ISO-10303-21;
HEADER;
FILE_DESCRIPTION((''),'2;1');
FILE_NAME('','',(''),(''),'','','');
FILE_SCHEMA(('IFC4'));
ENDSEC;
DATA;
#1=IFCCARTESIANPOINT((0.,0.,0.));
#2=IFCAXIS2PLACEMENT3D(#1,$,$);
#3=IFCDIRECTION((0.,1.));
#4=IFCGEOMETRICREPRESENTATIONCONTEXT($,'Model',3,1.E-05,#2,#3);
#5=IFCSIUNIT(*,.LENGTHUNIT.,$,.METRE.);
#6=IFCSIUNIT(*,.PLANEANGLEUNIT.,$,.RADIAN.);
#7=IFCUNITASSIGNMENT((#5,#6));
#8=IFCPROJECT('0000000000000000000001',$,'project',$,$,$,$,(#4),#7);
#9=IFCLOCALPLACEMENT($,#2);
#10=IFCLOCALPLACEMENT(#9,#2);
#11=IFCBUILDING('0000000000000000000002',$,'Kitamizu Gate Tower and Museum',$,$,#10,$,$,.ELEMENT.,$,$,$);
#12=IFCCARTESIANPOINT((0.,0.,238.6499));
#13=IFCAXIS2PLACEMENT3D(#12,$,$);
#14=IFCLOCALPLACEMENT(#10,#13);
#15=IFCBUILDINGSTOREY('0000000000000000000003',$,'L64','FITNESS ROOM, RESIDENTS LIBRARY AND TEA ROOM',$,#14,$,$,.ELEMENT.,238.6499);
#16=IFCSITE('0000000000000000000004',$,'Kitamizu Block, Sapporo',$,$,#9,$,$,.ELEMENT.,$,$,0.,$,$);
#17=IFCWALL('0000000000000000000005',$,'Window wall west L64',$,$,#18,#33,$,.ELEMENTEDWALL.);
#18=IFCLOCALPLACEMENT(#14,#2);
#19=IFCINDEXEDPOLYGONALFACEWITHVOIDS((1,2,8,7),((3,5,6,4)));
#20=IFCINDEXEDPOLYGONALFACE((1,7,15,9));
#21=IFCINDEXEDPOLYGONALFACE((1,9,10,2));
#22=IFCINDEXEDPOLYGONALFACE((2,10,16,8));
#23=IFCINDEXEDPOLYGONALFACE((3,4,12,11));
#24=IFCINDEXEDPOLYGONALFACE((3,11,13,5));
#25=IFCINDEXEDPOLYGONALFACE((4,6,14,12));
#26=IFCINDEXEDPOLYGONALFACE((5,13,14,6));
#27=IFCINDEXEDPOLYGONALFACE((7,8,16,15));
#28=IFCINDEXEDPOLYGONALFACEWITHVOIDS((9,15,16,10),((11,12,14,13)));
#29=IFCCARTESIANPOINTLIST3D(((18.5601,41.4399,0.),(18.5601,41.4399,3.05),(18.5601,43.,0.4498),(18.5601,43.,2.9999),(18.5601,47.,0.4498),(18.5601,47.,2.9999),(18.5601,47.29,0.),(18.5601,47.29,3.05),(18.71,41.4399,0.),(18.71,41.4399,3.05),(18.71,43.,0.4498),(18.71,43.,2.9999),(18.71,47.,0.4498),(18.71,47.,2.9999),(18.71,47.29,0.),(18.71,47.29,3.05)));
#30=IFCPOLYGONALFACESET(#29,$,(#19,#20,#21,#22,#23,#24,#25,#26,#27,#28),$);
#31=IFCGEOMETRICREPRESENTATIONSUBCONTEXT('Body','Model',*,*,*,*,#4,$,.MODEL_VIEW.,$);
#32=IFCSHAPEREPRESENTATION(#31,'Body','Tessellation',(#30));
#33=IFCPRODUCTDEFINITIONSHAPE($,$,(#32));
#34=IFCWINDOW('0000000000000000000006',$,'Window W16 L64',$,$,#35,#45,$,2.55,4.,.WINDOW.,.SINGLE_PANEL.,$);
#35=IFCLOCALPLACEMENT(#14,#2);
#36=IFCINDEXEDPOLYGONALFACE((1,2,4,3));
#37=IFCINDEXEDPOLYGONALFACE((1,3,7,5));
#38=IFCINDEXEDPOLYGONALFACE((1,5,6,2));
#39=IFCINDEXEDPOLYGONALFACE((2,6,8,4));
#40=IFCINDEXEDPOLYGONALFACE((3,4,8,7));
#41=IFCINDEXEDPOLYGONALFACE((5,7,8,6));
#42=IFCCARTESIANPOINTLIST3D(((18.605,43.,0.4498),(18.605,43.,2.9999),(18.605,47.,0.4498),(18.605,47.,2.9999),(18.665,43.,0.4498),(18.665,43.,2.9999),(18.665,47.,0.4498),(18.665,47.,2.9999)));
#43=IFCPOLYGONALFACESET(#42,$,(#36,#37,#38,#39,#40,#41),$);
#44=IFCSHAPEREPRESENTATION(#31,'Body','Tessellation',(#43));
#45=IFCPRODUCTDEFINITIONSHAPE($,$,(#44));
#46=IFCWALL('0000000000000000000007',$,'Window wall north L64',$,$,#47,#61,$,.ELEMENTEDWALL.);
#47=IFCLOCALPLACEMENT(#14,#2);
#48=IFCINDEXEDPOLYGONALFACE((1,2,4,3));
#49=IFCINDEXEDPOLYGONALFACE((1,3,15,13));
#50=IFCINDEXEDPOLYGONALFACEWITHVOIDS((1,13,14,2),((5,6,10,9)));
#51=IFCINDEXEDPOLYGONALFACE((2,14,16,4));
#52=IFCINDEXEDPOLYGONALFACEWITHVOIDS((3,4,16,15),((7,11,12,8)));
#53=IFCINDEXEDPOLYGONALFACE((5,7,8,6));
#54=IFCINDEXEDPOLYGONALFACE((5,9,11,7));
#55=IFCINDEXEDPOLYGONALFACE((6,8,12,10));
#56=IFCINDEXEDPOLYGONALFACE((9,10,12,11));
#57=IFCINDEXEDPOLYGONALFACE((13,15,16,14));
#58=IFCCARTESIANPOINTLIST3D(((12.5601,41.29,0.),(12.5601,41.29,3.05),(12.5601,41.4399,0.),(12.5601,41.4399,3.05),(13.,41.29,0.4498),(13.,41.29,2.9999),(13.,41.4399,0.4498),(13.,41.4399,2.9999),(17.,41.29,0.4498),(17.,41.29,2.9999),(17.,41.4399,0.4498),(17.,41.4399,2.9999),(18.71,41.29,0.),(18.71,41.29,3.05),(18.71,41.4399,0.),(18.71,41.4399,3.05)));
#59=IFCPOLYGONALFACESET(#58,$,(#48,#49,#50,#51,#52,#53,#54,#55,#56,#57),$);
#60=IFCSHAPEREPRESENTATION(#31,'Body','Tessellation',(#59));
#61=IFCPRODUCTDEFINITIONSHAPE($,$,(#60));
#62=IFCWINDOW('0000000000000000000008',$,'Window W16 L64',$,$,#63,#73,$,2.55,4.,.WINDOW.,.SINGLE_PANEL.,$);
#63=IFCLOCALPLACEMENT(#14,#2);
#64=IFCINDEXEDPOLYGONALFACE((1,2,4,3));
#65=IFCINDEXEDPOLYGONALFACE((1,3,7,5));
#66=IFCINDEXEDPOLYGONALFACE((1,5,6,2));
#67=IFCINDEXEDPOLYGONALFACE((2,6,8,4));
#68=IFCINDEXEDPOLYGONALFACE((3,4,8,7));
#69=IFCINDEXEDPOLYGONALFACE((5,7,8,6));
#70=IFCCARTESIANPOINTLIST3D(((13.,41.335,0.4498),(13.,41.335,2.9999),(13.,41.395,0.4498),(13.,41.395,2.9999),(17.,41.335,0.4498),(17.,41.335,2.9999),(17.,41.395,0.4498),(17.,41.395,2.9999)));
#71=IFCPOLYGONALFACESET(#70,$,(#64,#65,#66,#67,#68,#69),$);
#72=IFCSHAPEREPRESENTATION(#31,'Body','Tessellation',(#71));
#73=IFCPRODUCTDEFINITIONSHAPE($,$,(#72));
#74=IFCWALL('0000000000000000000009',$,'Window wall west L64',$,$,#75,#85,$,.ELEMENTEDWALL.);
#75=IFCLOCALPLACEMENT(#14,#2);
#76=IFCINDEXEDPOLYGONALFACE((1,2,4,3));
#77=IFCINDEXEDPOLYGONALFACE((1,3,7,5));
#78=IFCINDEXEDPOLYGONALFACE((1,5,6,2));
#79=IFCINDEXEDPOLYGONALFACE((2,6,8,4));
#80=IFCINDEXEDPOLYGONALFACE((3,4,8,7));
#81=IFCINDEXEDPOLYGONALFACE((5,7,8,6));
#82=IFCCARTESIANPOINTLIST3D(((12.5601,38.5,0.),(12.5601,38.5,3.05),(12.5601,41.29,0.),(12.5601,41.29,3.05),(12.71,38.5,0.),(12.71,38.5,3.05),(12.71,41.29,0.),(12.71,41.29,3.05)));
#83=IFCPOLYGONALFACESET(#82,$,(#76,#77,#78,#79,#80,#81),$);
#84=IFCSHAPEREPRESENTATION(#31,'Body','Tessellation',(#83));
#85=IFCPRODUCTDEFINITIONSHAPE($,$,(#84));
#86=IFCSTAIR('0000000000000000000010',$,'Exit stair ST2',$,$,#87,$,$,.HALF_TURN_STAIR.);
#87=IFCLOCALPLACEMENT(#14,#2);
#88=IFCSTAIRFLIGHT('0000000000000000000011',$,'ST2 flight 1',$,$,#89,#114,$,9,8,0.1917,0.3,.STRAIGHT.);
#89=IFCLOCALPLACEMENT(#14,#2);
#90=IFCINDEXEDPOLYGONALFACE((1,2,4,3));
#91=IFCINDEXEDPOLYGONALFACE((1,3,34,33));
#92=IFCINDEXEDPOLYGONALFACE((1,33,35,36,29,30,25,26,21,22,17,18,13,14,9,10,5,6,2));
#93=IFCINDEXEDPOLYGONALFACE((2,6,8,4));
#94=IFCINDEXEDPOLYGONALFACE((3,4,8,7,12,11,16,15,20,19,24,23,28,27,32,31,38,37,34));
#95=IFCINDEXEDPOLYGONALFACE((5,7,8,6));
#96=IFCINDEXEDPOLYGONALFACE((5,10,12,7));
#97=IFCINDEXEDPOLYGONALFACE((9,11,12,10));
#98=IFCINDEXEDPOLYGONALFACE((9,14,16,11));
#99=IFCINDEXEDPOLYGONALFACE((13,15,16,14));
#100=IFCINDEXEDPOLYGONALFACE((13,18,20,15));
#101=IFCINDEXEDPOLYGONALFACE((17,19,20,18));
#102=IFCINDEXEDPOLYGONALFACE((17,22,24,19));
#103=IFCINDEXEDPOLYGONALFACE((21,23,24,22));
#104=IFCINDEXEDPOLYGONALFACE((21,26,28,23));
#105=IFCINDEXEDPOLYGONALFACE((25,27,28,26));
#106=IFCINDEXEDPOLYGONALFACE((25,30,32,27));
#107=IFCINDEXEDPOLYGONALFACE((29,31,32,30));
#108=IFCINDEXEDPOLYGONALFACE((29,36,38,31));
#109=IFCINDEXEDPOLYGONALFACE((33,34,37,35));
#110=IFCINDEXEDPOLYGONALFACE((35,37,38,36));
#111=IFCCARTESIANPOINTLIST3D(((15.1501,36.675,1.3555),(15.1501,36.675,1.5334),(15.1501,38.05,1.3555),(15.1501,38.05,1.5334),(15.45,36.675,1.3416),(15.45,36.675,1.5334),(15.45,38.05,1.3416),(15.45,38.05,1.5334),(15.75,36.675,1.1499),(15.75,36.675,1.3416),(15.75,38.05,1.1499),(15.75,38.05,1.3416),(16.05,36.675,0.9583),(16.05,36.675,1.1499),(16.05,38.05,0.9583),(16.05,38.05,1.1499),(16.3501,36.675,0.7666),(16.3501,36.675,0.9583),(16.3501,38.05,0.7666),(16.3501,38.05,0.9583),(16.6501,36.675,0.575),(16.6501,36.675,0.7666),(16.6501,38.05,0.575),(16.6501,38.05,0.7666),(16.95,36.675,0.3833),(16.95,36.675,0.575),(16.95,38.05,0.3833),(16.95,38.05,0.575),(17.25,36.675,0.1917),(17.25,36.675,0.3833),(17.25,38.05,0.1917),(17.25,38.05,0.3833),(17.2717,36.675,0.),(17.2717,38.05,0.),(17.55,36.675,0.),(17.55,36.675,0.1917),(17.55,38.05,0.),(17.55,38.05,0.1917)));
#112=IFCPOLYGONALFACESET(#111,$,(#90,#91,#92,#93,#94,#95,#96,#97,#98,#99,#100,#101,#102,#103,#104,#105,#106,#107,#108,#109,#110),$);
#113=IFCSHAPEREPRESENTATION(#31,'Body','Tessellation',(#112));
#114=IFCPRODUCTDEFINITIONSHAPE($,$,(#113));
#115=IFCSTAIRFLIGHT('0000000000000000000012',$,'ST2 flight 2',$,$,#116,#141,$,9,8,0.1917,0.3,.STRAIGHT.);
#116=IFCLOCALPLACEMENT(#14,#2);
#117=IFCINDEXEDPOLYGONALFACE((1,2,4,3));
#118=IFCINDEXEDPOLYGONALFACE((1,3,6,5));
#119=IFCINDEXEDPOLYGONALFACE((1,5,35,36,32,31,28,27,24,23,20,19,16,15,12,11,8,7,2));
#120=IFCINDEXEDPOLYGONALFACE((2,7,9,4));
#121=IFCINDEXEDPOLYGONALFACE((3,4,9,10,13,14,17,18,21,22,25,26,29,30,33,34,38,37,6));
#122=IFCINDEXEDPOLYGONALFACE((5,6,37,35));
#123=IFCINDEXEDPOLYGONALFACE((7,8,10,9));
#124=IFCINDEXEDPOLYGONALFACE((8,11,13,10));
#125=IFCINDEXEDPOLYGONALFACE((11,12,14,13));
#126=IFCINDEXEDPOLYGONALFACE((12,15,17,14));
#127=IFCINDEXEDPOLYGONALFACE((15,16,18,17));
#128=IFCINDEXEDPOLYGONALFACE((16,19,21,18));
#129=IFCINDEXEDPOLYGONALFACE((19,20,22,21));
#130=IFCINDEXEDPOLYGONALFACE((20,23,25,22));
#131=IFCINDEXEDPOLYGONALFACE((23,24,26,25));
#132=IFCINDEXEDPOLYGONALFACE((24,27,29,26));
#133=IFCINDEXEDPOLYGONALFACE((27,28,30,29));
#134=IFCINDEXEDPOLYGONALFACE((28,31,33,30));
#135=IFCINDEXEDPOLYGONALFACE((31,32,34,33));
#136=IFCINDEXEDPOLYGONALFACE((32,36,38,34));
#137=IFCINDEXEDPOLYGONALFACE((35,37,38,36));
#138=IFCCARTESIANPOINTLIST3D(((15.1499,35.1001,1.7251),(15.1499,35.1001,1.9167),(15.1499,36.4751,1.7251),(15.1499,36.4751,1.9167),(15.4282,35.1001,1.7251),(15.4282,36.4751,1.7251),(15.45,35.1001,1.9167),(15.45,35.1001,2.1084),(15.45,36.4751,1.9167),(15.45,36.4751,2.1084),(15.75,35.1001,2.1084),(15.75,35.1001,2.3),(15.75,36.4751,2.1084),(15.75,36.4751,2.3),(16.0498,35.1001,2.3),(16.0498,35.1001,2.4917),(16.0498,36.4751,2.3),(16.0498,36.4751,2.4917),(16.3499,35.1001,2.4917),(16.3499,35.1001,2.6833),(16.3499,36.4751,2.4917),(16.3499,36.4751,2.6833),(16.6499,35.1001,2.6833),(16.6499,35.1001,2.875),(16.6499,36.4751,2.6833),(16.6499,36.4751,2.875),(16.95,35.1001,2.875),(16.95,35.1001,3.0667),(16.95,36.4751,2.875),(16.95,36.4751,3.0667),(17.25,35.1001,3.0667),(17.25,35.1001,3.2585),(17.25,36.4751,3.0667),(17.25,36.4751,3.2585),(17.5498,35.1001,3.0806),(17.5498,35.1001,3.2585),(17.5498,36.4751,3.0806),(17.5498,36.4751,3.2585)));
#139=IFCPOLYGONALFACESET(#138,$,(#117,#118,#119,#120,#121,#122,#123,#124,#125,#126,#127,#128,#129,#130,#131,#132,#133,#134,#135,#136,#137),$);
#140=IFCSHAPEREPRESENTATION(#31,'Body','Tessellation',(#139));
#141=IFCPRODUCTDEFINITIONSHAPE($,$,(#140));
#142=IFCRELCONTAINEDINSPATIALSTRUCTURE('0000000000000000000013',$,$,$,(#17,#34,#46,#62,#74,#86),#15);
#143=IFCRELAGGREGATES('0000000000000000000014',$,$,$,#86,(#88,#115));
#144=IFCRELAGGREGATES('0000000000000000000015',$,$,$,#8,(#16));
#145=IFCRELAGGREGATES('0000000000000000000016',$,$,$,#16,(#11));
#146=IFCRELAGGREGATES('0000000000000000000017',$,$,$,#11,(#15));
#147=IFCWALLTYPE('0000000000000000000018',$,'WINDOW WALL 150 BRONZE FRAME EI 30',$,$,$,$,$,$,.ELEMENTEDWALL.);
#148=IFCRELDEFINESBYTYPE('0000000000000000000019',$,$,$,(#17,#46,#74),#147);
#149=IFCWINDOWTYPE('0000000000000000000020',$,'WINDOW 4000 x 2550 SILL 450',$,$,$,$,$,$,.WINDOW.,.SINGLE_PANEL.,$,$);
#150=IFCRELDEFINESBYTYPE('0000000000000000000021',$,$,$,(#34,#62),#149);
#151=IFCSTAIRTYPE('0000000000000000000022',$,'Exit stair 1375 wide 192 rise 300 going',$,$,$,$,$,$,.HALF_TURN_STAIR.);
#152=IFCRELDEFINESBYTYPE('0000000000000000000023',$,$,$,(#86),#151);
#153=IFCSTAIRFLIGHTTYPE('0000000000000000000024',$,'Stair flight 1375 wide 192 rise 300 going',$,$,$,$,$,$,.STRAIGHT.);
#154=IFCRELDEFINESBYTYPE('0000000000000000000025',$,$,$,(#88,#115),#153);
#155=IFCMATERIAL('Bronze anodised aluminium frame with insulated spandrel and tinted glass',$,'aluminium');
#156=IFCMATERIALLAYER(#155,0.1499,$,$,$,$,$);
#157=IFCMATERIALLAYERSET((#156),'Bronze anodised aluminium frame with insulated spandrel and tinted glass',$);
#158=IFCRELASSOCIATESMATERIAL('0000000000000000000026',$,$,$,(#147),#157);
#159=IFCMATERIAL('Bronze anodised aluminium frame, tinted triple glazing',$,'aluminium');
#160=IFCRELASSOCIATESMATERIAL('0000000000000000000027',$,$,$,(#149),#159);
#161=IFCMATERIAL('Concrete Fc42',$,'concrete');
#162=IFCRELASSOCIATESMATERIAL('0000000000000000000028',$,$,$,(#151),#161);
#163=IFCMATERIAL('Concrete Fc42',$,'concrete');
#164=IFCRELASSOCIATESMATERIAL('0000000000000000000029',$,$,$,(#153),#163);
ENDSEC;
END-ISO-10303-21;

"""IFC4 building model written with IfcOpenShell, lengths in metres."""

from ifc_helpers import new_model, si_unit, direction, frame, frame_2d, origin, place, context, subcontext, project, spatial, polyline, rectangle, outline, extrude, material, layer, layer_set, type_object, element, fill, aggregate, save


model = new_model("IFC4")

# Units and contexts
model_context = context("Model", 3, precision=1e-05, world=origin(), true_north=direction((0.0, 1.0)))
body_context = subcontext(model_context, "Body", "Model", "MODEL_VIEW")
ifc_project = project(units=[si_unit("LENGTHUNIT", "METRE"), si_unit("PLANEANGLEUNIT", "RADIAN")], contexts=[model_context])

# Site, building, storey
site_placement = place(None, origin())
site = spatial("IfcSite", under=ifc_project, at=site_placement, Name="Kitamizu Block, Sapporo", CompositionType="ELEMENT", RefElevation=0.0)
building_placement = place(site_placement, origin())
building = spatial("IfcBuilding", under=site, at=building_placement, Name="Kitamizu Gate Tower and Museum", CompositionType="ELEMENT")
storey_placement = place(building_placement, frame((0.0, 0.0, 238.6499)))
storey = spatial("IfcBuildingStorey", under=building, at=storey_placement, Name="L64", Description="FITNESS ROOM, RESIDENTS LIBRARY AND TEA ROOM", CompositionType="ELEMENT", Elevation=238.6499)

# Shared definitions
ifc_material_1 = material(Name="Bronze anodised aluminium frame with insulated spandrel and tinted glass", Category="aluminium")
ifc_layer_1 = layer(ifc_material_1, 0.1499)
ifc_layer_set_1 = layer_set([ifc_layer_1], Name="Bronze anodised aluminium frame with insulated spandrel and tinted glass")
wall_type_1 = type_object("IfcWallType", Name="WINDOW WALL 150 BRONZE FRAME EI 30", PredefinedType="ELEMENTEDWALL", material=ifc_layer_set_1)

# Walls, openings, windows
wall_1_placement = place(storey_placement, frame((18.635, 41.4399, 0.0), z_axis=(0.0, 0.0, 1.0), x_axis=(0.0, 1.0, 0.0)))
wall_1 = element("IfcWall", 1, at=wall_1_placement, inside=storey, type_object=wall_type_1, Name="Window wall west L64", PredefinedType="ELEMENTEDWALL", context=body_context, shape_type="SweptSolid", body=[
    extrude(rectangle(XDim=5.8501, YDim=0.1499, at=frame_2d((2.925, 0.0))), origin(), (0.0, 0.0, 1.0), 3.05),
])
opening_1_placement = place(wall_1_placement, frame((1.5601, 0.0, 0.45)))
opening_1 = element("IfcOpeningElement", 2, at=opening_1_placement, cuts=wall_1, PredefinedType="OPENING", context=body_context, shape_type="SweptSolid", body=[
    extrude(rectangle(XDim=4.0, YDim=2.55, at=frame_2d((2.0, 1.2749))), frame((0.0, 0.085, 0.0), z_axis=(0.0, -1.0, 0.0), x_axis=(1.0, 0.0, 0.0)), (0.0, 0.0, 1.0), 0.1699),
])
ifc_material_2 = material(Name="Bronze anodised aluminium frame, tinted triple glazing", Category="aluminium")
window_type_1 = type_object("IfcWindowType", Name="WINDOW 4000 x 2550 SILL 450", PartitioningType="SINGLE_PANEL", PredefinedType="WINDOW", material=ifc_material_2)
window_1_placement = place(opening_1_placement, origin())
window_1 = element("IfcWindow", 3, at=window_1_placement, inside=storey, type_object=window_type_1, Name="Window W16 L64", OverallHeight=2.55, OverallWidth=4.0, PartitioningType="SINGLE_PANEL", PredefinedType="WINDOW", context=body_context, shape_type="SweptSolid", body=[
    extrude(rectangle(XDim=4.0, YDim=2.55, at=frame_2d((2.0, 1.2749))), frame((0.0, 0.03, 0.0), z_axis=(0.0, -1.0, 0.0), x_axis=(1.0, 0.0, 0.0)), (0.0, 0.0, 1.0), 0.0601),
])
fill(opening_1, window_1)
wall_2_placement = place(storey_placement, frame((12.5601, 41.365, 0.0), z_axis=(0.0, 0.0, 1.0), x_axis=(1.0, 0.0, 0.0)))
wall_2 = element("IfcWall", 4, at=wall_2_placement, inside=storey, type_object=wall_type_1, Name="Window wall north L64", PredefinedType="ELEMENTEDWALL", context=body_context, shape_type="SweptSolid", body=[
    extrude(rectangle(XDim=6.1499, YDim=0.1499, at=frame_2d((3.075, 0.0))), origin(), (0.0, 0.0, 1.0), 3.05),
])
opening_2_placement = place(wall_2_placement, frame((0.4399, 0.0, 0.45)))
opening_2 = element("IfcOpeningElement", 5, at=opening_2_placement, cuts=wall_2, PredefinedType="OPENING", context=body_context, shape_type="SweptSolid", body=[
    extrude(rectangle(XDim=4.0, YDim=2.55, at=frame_2d((2.0, 1.2749))), frame((0.0, 0.085, 0.0), z_axis=(0.0, -1.0, 0.0), x_axis=(1.0, 0.0, 0.0)), (0.0, 0.0, 1.0), 0.1699),
])
window_2_placement = place(opening_2_placement, origin())
window_2 = element("IfcWindow", 6, at=window_2_placement, inside=storey, type_object=window_type_1, Name="Window W16 L64", OverallHeight=2.55, OverallWidth=4.0, PartitioningType="SINGLE_PANEL", PredefinedType="WINDOW", context=body_context, shape_type="SweptSolid", body=[
    extrude(rectangle(XDim=4.0, YDim=2.55, at=frame_2d((2.0, 1.2749))), frame((0.0, 0.03, 0.0), z_axis=(0.0, -1.0, 0.0), x_axis=(1.0, 0.0, 0.0)), (0.0, 0.0, 1.0), 0.0601),
])
fill(opening_2, window_2)

# Wall
wall_3_placement = place(storey_placement, frame((12.635, 38.5, 0.0), z_axis=(0.0, 0.0, 1.0), x_axis=(0.0, 1.0, 0.0)))
element("IfcWall", 7, at=wall_3_placement, inside=storey, type_object=wall_type_1, Name="Window wall west L64", PredefinedType="ELEMENTEDWALL", context=body_context, shape_type="SweptSolid", body=[
    extrude(rectangle(XDim=2.79, YDim=0.1499, at=frame_2d((1.395, 0.0))), origin(), (0.0, 0.0, 1.0), 3.05),
])

# Stair, stair flights
ifc_material_3 = material(Name="Concrete Fc42", Category="concrete")
stair_type = type_object("IfcStairType", Name="Exit stair 1375 wide 192 rise 300 going", PredefinedType="HALF_TURN_STAIR", material=ifc_material_3)
stair_placement = place(storey_placement, origin())
stair = element("IfcStair", 8, at=stair_placement, inside=storey, type_object=stair_type, Name="Exit stair ST2", PredefinedType="HALF_TURN_STAIR")
ifc_material_4 = material(Name="Concrete Fc42", Category="concrete")
stair_flight_type = type_object("IfcStairFlightType", Name="Stair flight 1375 wide 192 rise 300 going", PredefinedType="STRAIGHT", material=ifc_material_4)
stair_flight_1_placement = place(storey_placement, frame((17.55, 37.3625, 0.0), z_axis=(0.0, 0.0, 1.0), x_axis=(-1.0, 0.0, 0.0)))
stair_flight_1 = element("IfcStairFlight", 9, at=stair_flight_1_placement, type_object=stair_flight_type, Name="ST2 flight 1", NumberOfRisers=9, NumberOfTreads=8, PredefinedType="STRAIGHT", RiserHeight=0.1917, TreadLength=0.3, context=body_context, shape_type="SweptSolid", body=[
    extrude(outline(polyline([(0.0, 0.0), (0.0, 0.1917), (0.3, 0.1917), (0.3, 0.3833), (0.6001, 0.3833), (0.6001, 0.575), (0.8999, 0.575), (0.8999, 0.7666), (1.2, 0.7666), (1.2, 0.9583), (1.5, 0.9583), (1.5, 1.1499), (1.8, 1.1499), (1.8, 1.3416), (2.1001, 1.3416), (2.1001, 1.5334), (2.3999, 1.5334), (2.3999, 1.7251), (2.3999, 1.3555), (0.2783, 0.0), (0.0, 0.0)])), frame((0.0, 0.6875, 0.0), z_axis=(0.0, -1.0, 0.0), x_axis=(1.0, 0.0, 0.0)), (0.0, 0.0, 1.0), 1.375),
])
stair_flight_2_placement = place(storey_placement, frame((15.1499, 35.7876, 1.7251), z_axis=(0.0, 0.0, 1.0), x_axis=(1.0, 0.0, 0.0)))
stair_flight_2 = element("IfcStairFlight", 10, at=stair_flight_2_placement, type_object=stair_flight_type, Name="ST2 flight 2", NumberOfRisers=9, NumberOfTreads=8, PredefinedType="STRAIGHT", RiserHeight=0.1917, TreadLength=0.3, context=body_context, shape_type="SweptSolid", body=[
    extrude(outline(polyline([(0.0, 0.0), (0.0, 0.1917), (0.3, 0.1917), (0.3, 0.3833), (0.6001, 0.3833), (0.6001, 0.575), (0.8999, 0.575), (0.8999, 0.7666), (1.2, 0.7666), (1.2, 0.9583), (1.5, 0.9583), (1.5, 1.1499), (1.8, 1.1499), (1.8, 1.3416), (2.1001, 1.3416), (2.1001, 1.5334), (2.3999, 1.5334), (2.3999, 1.7251), (2.3999, 1.3555), (0.2783, 0.0), (0.0, 0.0)])), frame((0.0, 0.6875, 0.0), z_axis=(0.0, -1.0, 0.0), x_axis=(1.0, 0.0, 0.0)), (0.0, 0.0, 1.0), 1.375),
])
aggregate(stair, [stair_flight_1, stair_flight_2])

save(model, "model.ifc")
